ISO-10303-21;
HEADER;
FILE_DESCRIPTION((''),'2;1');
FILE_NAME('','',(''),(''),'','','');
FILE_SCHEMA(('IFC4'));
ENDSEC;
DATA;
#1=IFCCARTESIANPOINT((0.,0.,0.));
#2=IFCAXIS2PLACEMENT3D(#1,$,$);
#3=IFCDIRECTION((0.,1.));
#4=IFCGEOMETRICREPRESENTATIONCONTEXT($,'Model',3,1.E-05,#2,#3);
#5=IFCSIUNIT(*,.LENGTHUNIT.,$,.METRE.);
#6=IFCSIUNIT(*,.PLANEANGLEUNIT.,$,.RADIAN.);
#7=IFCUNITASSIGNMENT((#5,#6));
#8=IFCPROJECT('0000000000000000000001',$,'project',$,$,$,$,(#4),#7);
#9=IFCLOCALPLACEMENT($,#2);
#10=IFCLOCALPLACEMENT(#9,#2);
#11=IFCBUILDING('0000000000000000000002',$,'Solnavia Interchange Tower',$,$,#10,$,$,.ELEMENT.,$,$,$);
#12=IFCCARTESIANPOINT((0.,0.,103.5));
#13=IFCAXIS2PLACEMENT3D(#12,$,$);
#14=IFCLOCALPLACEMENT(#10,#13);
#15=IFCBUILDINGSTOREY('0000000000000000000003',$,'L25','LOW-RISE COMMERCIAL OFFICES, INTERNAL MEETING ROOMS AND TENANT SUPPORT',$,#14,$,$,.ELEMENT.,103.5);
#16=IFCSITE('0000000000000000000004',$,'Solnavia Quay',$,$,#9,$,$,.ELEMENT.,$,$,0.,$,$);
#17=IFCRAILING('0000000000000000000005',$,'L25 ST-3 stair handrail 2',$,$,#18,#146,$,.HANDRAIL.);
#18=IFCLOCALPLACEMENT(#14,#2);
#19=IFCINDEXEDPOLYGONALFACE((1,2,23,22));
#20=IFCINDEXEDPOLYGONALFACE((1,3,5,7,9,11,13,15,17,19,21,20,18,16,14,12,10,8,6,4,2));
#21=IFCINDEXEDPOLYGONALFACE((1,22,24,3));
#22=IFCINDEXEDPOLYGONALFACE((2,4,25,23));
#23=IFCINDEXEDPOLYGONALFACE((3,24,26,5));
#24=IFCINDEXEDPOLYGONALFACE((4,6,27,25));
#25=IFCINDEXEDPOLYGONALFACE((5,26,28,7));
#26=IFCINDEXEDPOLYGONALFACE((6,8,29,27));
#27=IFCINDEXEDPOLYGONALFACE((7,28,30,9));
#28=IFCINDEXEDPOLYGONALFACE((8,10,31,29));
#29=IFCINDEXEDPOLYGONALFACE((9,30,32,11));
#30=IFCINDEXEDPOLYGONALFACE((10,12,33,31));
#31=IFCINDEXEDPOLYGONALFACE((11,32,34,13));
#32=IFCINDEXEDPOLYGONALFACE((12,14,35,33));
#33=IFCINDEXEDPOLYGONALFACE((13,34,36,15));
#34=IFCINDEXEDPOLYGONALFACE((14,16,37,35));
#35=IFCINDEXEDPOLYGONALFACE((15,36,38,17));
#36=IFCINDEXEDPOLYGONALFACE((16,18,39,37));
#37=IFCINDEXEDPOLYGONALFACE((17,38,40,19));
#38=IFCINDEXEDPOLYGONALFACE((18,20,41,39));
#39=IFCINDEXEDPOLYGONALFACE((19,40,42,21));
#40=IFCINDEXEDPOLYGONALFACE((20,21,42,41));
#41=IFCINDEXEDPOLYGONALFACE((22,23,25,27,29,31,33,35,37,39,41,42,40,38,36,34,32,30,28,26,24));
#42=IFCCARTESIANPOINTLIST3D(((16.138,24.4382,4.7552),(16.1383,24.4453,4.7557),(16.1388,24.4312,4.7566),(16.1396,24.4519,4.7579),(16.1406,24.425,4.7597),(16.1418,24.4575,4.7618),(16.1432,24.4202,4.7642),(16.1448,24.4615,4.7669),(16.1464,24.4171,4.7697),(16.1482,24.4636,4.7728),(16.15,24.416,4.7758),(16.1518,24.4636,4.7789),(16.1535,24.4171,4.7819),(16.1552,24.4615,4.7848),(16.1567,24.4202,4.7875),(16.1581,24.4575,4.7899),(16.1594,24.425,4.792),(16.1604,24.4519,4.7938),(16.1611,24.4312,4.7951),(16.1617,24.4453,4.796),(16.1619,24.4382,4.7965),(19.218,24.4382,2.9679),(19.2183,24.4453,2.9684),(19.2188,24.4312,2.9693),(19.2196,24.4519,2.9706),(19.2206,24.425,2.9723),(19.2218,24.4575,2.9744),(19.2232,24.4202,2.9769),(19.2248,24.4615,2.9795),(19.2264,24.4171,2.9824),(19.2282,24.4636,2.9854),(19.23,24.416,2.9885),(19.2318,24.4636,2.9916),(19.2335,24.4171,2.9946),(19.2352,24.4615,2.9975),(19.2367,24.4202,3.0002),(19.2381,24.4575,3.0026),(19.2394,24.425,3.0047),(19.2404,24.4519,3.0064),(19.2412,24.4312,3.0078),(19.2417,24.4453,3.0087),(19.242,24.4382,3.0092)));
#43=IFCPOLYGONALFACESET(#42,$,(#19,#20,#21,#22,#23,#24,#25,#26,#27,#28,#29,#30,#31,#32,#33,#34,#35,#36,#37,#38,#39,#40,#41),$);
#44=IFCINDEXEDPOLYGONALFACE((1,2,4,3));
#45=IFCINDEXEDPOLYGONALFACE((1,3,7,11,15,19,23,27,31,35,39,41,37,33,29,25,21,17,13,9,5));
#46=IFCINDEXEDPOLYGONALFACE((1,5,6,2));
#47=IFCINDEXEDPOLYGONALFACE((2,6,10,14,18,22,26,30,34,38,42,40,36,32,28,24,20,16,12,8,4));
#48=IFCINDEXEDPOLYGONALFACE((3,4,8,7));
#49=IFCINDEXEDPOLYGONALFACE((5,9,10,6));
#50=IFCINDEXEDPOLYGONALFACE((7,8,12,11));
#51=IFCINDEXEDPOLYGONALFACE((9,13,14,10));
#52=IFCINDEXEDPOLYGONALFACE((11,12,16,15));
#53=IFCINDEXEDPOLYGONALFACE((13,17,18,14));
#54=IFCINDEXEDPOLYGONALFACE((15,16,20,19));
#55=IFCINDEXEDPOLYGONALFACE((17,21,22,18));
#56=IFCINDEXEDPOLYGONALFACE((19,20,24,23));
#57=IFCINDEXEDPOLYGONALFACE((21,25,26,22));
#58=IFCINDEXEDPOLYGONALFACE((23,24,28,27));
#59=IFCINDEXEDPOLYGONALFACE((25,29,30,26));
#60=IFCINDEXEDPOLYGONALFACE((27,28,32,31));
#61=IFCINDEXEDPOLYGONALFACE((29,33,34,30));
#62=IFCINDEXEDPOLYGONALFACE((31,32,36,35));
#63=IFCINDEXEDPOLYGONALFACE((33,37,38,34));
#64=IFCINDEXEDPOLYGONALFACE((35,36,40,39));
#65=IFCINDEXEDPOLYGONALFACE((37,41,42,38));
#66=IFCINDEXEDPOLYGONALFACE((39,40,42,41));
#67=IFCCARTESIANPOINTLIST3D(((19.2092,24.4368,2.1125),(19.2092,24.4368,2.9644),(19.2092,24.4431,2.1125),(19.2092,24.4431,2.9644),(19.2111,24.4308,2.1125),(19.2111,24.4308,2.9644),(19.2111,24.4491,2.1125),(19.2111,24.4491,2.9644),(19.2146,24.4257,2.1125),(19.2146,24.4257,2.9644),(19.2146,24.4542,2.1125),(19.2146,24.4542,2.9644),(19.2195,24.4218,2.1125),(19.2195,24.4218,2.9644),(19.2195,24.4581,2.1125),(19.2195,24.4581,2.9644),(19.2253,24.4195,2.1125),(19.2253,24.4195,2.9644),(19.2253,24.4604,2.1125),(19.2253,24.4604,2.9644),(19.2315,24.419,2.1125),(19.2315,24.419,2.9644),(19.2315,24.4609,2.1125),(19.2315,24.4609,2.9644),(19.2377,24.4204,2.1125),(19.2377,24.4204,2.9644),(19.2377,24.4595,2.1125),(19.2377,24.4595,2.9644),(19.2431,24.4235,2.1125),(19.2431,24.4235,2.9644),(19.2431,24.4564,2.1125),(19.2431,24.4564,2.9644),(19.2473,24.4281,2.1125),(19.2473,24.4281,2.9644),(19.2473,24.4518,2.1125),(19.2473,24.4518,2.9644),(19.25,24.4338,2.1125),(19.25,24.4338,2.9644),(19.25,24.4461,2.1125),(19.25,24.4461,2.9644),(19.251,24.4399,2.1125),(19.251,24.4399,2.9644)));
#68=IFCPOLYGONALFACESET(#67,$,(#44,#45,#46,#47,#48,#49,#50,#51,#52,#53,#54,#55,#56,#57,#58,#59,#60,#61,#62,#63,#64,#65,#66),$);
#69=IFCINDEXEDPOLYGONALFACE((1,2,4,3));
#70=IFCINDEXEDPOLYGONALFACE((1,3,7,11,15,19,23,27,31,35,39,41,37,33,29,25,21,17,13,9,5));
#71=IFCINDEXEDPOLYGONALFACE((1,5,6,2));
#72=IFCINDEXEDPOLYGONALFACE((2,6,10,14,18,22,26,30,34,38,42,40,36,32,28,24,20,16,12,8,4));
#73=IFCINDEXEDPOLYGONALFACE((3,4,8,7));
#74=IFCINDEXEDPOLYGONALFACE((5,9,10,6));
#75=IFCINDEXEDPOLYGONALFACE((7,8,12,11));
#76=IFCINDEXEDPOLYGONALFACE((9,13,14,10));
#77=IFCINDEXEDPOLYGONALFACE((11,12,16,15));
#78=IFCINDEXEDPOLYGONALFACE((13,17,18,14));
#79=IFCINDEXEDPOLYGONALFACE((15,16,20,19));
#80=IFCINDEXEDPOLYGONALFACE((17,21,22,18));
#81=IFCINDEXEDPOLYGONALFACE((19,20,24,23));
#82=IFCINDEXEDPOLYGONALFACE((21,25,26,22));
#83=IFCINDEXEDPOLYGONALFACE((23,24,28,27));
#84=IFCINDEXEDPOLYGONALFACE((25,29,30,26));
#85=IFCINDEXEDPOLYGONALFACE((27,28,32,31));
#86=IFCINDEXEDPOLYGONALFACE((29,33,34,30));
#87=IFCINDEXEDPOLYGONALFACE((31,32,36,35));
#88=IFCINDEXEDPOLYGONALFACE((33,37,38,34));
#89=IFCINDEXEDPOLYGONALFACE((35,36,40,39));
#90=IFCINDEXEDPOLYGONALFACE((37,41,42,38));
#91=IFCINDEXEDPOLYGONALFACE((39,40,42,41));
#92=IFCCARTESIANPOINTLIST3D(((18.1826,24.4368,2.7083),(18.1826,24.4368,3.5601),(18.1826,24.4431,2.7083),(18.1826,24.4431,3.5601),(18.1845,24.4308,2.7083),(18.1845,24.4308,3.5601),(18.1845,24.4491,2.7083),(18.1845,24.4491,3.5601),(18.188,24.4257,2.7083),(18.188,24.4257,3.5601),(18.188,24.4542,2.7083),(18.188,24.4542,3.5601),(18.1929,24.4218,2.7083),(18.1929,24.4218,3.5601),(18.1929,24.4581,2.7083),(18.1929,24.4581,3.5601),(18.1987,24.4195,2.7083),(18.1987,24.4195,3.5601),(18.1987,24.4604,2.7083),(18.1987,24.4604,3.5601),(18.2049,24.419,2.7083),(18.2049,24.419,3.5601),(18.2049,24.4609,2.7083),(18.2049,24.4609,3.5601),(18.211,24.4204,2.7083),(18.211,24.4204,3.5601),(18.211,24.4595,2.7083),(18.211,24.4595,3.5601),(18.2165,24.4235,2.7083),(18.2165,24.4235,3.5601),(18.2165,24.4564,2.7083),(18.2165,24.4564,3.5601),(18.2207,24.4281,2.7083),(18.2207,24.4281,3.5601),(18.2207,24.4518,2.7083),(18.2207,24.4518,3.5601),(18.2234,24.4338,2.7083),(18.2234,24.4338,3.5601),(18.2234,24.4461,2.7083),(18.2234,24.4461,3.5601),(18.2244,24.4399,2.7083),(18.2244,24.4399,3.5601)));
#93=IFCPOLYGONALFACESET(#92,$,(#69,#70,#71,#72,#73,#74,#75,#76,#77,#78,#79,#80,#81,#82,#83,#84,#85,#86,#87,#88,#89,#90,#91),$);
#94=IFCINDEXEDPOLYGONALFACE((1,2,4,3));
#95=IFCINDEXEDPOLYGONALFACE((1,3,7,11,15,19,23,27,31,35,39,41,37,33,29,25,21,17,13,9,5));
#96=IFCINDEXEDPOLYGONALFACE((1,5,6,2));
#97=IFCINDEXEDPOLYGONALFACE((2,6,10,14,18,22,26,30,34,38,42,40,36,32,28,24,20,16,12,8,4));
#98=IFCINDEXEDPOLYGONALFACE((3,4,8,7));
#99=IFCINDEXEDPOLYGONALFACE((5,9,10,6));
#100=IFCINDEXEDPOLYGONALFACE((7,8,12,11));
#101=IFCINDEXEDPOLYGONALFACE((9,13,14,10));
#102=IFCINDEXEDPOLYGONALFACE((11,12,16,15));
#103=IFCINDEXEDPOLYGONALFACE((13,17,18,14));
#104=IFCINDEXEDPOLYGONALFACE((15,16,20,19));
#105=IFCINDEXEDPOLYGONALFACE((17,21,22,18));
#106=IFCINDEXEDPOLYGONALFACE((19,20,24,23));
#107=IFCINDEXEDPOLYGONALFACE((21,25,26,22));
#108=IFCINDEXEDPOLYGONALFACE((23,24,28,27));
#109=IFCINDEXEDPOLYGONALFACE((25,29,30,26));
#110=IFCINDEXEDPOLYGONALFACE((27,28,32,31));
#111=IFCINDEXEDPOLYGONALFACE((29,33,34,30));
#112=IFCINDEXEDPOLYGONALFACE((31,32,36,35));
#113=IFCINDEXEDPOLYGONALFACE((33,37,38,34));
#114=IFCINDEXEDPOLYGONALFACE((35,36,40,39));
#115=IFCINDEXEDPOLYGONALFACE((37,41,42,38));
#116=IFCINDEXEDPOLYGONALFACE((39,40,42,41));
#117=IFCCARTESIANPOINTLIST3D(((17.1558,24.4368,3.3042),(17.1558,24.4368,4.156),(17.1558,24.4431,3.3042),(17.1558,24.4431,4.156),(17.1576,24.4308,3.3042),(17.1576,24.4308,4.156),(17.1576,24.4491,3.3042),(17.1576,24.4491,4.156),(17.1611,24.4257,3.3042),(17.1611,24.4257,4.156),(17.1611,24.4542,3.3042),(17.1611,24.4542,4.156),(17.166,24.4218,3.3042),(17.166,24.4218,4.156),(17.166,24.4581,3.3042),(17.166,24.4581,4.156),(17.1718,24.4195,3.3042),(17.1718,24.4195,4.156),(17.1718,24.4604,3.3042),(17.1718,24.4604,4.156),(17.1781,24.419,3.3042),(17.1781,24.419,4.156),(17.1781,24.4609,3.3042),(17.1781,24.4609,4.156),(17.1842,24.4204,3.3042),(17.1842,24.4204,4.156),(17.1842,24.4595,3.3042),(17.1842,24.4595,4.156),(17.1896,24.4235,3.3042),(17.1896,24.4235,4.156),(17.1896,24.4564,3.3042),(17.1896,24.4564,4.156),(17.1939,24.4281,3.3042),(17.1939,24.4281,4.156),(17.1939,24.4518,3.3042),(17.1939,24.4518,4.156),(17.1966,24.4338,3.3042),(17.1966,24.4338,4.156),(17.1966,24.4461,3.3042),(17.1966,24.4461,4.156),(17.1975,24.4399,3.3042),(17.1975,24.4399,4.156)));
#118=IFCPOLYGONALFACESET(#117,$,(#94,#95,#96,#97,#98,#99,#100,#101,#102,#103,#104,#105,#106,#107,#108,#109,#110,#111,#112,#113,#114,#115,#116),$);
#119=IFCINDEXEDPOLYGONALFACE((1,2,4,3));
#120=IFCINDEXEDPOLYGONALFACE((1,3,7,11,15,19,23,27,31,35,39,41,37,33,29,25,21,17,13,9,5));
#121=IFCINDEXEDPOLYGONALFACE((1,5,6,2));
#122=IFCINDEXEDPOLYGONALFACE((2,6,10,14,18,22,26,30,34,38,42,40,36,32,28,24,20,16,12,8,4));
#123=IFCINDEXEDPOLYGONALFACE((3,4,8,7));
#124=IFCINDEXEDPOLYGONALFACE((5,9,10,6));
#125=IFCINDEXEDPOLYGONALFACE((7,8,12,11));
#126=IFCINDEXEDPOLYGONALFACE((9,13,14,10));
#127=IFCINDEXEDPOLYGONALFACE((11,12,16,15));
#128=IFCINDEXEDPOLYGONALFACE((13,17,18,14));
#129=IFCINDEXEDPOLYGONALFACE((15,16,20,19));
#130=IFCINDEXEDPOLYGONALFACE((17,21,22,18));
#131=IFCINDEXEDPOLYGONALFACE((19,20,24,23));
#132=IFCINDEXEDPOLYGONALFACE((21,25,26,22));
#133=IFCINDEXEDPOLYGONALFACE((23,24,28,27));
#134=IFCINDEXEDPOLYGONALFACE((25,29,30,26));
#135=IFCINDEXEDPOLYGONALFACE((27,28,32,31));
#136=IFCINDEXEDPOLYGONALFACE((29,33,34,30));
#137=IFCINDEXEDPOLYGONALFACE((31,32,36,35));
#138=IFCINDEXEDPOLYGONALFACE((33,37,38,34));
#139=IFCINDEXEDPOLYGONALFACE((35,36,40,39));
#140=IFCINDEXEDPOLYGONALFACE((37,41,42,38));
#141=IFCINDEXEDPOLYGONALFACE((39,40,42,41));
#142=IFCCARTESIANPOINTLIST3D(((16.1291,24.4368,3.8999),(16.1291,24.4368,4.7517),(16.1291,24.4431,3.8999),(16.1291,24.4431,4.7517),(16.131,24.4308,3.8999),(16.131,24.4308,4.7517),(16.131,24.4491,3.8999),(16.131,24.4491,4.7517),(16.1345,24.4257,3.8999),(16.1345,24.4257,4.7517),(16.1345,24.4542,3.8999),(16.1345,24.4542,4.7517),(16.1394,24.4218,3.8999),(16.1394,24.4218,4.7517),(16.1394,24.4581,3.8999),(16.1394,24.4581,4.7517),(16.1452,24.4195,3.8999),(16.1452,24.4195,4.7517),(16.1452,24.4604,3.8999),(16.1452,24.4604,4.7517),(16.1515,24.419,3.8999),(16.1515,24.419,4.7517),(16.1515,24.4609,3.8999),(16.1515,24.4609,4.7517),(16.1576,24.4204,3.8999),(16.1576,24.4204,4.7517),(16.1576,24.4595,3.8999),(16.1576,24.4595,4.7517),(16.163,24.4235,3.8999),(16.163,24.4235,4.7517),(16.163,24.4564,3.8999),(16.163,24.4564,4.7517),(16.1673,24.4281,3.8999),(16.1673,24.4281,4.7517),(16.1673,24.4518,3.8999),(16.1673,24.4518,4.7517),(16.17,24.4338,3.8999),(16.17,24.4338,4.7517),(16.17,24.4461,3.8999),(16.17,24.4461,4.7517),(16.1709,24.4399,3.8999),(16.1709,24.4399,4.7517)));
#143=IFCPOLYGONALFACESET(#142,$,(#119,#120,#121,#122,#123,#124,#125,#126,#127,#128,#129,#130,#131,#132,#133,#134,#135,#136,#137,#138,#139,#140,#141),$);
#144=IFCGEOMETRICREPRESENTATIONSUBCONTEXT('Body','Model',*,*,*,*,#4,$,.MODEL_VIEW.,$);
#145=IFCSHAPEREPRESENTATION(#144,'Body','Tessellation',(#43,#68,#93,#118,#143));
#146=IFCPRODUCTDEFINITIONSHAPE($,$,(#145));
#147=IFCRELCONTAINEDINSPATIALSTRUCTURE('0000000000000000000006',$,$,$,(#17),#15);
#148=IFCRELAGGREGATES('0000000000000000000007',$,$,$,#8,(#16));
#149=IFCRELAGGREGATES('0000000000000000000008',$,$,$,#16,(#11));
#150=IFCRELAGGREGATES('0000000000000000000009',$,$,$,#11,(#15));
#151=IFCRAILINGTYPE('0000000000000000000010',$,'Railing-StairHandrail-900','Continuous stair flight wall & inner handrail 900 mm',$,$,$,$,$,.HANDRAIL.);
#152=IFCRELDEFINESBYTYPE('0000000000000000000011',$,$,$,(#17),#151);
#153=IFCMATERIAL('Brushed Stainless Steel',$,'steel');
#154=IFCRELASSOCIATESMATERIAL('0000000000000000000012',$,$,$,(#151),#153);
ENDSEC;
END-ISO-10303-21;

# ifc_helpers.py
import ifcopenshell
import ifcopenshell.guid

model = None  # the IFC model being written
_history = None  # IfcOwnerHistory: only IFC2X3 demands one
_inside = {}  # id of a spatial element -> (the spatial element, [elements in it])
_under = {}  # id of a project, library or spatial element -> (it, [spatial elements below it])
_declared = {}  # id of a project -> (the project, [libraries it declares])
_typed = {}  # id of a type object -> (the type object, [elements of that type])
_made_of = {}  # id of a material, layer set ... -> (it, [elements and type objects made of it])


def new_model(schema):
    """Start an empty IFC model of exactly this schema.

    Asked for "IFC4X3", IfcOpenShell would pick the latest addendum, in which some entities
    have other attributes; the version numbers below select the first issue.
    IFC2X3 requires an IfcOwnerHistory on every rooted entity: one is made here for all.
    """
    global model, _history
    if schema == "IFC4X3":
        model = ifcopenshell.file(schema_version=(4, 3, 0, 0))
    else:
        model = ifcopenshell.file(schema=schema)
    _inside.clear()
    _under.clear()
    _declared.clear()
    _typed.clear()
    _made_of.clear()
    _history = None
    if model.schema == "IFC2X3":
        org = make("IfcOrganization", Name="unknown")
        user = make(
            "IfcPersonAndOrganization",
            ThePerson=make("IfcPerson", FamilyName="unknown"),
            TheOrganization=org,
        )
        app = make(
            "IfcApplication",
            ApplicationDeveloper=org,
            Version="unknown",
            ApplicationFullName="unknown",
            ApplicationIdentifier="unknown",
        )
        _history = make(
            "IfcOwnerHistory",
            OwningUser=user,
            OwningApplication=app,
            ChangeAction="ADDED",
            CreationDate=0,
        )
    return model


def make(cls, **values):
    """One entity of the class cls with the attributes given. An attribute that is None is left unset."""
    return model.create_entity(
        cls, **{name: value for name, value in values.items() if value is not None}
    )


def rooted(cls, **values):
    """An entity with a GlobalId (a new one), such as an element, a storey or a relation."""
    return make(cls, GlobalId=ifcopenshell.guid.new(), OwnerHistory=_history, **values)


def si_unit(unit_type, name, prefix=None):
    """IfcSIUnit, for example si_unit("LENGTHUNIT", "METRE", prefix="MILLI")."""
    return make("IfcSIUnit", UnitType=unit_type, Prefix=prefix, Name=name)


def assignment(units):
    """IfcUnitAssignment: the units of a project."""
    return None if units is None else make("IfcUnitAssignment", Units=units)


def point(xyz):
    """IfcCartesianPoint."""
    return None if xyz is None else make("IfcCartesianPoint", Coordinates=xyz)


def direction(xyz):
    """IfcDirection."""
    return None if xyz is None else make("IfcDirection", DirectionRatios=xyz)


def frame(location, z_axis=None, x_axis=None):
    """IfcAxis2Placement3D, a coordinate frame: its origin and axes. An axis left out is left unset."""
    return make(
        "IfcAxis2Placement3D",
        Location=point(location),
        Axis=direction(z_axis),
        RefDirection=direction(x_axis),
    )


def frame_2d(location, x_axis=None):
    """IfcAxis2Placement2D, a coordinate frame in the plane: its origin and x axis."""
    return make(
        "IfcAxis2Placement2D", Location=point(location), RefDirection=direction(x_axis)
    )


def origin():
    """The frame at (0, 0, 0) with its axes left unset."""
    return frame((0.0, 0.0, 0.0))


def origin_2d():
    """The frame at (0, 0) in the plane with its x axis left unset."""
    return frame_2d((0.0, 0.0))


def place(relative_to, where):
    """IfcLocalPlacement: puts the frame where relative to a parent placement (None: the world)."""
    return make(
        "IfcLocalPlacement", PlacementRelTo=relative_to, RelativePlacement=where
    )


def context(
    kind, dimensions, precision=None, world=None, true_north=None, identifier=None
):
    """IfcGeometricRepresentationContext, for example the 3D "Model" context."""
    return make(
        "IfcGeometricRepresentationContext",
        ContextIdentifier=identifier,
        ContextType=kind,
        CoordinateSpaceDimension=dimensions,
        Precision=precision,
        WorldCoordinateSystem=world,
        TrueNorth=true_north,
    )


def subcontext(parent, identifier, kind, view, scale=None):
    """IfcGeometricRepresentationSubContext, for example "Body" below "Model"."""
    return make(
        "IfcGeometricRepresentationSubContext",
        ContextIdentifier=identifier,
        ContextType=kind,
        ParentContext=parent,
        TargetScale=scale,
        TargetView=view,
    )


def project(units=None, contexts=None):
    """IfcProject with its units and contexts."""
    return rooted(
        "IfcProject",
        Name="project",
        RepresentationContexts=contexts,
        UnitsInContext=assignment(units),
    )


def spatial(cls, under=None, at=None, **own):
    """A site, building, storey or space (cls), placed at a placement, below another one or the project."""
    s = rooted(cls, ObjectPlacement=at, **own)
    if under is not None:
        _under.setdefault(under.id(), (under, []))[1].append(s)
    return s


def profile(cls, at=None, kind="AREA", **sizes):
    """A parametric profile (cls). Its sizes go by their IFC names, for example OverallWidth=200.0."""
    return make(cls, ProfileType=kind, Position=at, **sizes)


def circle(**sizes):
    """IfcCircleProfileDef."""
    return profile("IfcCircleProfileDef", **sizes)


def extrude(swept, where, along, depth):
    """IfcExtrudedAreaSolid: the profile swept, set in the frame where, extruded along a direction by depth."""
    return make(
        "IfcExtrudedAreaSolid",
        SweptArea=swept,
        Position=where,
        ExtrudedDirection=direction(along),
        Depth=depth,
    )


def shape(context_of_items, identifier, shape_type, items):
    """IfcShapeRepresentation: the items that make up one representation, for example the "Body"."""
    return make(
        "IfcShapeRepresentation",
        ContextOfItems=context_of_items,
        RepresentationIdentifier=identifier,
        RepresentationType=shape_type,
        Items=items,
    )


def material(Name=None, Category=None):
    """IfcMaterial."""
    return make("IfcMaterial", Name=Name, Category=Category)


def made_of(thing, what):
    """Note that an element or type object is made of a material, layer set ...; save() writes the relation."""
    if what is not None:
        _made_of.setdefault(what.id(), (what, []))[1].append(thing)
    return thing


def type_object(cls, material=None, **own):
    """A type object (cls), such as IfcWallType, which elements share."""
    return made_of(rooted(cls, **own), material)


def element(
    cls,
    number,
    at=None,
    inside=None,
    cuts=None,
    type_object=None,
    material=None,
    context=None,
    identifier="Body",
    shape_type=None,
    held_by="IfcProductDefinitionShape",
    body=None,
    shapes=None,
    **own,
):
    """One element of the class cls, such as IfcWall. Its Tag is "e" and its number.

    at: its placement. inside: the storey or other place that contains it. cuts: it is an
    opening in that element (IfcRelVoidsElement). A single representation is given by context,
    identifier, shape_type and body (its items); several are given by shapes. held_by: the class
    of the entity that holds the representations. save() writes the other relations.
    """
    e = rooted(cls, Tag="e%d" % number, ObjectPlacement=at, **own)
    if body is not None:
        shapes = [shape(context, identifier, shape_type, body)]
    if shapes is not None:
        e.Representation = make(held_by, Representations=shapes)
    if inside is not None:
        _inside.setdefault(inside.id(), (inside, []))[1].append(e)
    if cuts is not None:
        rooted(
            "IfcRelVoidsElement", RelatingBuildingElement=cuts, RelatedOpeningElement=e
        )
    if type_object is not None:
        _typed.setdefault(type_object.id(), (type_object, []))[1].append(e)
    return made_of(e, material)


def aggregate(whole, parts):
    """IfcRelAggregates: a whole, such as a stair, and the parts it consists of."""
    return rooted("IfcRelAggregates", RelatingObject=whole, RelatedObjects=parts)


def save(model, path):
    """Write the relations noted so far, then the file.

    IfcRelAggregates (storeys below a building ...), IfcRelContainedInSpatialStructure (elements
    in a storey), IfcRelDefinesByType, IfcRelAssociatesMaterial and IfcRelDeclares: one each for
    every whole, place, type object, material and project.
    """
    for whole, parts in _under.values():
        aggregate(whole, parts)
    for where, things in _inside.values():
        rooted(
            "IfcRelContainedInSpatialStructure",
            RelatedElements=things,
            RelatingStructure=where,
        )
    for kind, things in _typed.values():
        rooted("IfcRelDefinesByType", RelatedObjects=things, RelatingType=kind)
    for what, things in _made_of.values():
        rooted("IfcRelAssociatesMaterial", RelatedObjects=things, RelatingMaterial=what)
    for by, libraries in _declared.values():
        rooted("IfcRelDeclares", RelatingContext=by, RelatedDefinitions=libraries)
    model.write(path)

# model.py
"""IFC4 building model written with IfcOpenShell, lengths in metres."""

from ifc_helpers import new_model, si_unit, direction, frame, origin, origin_2d, place, context, subcontext, project, spatial, circle, extrude, material, type_object, element, save


model = new_model("IFC4")

# Units and contexts
model_context = context("Model", 3, precision=1e-05, world=origin(), true_north=direction((0.0, 1.0)))
body_context = subcontext(model_context, "Body", "Model", "MODEL_VIEW")
ifc_project = project(units=[si_unit("LENGTHUNIT", "METRE"), si_unit("PLANEANGLEUNIT", "RADIAN")], contexts=[model_context])

# Site, building, storey
site_placement = place(None, origin())
site = spatial("IfcSite", under=ifc_project, at=site_placement, Name="Solnavia Quay", CompositionType="ELEMENT", RefElevation=0.0)
building_placement = place(site_placement, origin())
building = spatial("IfcBuilding", under=site, at=building_placement, Name="Solnavia Interchange Tower", CompositionType="ELEMENT")
storey_placement = place(building_placement, frame((0.0, 0.0, 103.5)))
storey = spatial("IfcBuildingStorey", under=building, at=storey_placement, Name="L25", Description="LOW-RISE COMMERCIAL OFFICES, INTERNAL MEETING ROOMS AND TENANT SUPPORT", CompositionType="ELEMENT", Elevation=103.5)

# Railing
ifc_material_1 = material(Name="Brushed Stainless Steel", Category="steel")
railing_type_1 = type_object("IfcRailingType", Name="Railing-StairHandrail-900", Description="Continuous stair flight wall & inner handrail 900 mm", PredefinedType="HANDRAIL", material=ifc_material_1)
railing_1_placement = place(storey_placement, frame((19.23, 24.4399, 2.1125)))
element("IfcRailing", 1, at=railing_1_placement, inside=storey, type_object=railing_type_1, Name="L25 ST-3 stair handrail 2", PredefinedType="HANDRAIL", context=body_context, shape_type="SweptSolid", body=[
    extrude(circle(Radius=0.0239, at=origin_2d()), frame((0.0, 0.0, 0.876), z_axis=(-0.86492, 0.0, 0.501909), x_axis=(0.0, -1.0, 0.0)), (0.0, 0.0, 1.0), 3.561),
    extrude(circle(Radius=0.021, at=origin_2d()), origin(), (0.0, 0.0, 1.0), 0.8518),
    extrude(circle(Radius=0.021, at=origin_2d()), frame((-1.0266, 0.0, 0.5957)), (0.0, 0.0, 1.0), 0.8518),
    extrude(circle(Radius=0.021, at=origin_2d()), frame((-2.0535, 0.0, 1.1917)), (0.0, 0.0, 1.0), 0.8518),
    extrude(circle(Radius=0.021, at=origin_2d()), frame((-3.0801, 0.0, 1.7874)), (0.0, 0.0, 1.0), 0.8518),
])

save(model, "model.ifc")
